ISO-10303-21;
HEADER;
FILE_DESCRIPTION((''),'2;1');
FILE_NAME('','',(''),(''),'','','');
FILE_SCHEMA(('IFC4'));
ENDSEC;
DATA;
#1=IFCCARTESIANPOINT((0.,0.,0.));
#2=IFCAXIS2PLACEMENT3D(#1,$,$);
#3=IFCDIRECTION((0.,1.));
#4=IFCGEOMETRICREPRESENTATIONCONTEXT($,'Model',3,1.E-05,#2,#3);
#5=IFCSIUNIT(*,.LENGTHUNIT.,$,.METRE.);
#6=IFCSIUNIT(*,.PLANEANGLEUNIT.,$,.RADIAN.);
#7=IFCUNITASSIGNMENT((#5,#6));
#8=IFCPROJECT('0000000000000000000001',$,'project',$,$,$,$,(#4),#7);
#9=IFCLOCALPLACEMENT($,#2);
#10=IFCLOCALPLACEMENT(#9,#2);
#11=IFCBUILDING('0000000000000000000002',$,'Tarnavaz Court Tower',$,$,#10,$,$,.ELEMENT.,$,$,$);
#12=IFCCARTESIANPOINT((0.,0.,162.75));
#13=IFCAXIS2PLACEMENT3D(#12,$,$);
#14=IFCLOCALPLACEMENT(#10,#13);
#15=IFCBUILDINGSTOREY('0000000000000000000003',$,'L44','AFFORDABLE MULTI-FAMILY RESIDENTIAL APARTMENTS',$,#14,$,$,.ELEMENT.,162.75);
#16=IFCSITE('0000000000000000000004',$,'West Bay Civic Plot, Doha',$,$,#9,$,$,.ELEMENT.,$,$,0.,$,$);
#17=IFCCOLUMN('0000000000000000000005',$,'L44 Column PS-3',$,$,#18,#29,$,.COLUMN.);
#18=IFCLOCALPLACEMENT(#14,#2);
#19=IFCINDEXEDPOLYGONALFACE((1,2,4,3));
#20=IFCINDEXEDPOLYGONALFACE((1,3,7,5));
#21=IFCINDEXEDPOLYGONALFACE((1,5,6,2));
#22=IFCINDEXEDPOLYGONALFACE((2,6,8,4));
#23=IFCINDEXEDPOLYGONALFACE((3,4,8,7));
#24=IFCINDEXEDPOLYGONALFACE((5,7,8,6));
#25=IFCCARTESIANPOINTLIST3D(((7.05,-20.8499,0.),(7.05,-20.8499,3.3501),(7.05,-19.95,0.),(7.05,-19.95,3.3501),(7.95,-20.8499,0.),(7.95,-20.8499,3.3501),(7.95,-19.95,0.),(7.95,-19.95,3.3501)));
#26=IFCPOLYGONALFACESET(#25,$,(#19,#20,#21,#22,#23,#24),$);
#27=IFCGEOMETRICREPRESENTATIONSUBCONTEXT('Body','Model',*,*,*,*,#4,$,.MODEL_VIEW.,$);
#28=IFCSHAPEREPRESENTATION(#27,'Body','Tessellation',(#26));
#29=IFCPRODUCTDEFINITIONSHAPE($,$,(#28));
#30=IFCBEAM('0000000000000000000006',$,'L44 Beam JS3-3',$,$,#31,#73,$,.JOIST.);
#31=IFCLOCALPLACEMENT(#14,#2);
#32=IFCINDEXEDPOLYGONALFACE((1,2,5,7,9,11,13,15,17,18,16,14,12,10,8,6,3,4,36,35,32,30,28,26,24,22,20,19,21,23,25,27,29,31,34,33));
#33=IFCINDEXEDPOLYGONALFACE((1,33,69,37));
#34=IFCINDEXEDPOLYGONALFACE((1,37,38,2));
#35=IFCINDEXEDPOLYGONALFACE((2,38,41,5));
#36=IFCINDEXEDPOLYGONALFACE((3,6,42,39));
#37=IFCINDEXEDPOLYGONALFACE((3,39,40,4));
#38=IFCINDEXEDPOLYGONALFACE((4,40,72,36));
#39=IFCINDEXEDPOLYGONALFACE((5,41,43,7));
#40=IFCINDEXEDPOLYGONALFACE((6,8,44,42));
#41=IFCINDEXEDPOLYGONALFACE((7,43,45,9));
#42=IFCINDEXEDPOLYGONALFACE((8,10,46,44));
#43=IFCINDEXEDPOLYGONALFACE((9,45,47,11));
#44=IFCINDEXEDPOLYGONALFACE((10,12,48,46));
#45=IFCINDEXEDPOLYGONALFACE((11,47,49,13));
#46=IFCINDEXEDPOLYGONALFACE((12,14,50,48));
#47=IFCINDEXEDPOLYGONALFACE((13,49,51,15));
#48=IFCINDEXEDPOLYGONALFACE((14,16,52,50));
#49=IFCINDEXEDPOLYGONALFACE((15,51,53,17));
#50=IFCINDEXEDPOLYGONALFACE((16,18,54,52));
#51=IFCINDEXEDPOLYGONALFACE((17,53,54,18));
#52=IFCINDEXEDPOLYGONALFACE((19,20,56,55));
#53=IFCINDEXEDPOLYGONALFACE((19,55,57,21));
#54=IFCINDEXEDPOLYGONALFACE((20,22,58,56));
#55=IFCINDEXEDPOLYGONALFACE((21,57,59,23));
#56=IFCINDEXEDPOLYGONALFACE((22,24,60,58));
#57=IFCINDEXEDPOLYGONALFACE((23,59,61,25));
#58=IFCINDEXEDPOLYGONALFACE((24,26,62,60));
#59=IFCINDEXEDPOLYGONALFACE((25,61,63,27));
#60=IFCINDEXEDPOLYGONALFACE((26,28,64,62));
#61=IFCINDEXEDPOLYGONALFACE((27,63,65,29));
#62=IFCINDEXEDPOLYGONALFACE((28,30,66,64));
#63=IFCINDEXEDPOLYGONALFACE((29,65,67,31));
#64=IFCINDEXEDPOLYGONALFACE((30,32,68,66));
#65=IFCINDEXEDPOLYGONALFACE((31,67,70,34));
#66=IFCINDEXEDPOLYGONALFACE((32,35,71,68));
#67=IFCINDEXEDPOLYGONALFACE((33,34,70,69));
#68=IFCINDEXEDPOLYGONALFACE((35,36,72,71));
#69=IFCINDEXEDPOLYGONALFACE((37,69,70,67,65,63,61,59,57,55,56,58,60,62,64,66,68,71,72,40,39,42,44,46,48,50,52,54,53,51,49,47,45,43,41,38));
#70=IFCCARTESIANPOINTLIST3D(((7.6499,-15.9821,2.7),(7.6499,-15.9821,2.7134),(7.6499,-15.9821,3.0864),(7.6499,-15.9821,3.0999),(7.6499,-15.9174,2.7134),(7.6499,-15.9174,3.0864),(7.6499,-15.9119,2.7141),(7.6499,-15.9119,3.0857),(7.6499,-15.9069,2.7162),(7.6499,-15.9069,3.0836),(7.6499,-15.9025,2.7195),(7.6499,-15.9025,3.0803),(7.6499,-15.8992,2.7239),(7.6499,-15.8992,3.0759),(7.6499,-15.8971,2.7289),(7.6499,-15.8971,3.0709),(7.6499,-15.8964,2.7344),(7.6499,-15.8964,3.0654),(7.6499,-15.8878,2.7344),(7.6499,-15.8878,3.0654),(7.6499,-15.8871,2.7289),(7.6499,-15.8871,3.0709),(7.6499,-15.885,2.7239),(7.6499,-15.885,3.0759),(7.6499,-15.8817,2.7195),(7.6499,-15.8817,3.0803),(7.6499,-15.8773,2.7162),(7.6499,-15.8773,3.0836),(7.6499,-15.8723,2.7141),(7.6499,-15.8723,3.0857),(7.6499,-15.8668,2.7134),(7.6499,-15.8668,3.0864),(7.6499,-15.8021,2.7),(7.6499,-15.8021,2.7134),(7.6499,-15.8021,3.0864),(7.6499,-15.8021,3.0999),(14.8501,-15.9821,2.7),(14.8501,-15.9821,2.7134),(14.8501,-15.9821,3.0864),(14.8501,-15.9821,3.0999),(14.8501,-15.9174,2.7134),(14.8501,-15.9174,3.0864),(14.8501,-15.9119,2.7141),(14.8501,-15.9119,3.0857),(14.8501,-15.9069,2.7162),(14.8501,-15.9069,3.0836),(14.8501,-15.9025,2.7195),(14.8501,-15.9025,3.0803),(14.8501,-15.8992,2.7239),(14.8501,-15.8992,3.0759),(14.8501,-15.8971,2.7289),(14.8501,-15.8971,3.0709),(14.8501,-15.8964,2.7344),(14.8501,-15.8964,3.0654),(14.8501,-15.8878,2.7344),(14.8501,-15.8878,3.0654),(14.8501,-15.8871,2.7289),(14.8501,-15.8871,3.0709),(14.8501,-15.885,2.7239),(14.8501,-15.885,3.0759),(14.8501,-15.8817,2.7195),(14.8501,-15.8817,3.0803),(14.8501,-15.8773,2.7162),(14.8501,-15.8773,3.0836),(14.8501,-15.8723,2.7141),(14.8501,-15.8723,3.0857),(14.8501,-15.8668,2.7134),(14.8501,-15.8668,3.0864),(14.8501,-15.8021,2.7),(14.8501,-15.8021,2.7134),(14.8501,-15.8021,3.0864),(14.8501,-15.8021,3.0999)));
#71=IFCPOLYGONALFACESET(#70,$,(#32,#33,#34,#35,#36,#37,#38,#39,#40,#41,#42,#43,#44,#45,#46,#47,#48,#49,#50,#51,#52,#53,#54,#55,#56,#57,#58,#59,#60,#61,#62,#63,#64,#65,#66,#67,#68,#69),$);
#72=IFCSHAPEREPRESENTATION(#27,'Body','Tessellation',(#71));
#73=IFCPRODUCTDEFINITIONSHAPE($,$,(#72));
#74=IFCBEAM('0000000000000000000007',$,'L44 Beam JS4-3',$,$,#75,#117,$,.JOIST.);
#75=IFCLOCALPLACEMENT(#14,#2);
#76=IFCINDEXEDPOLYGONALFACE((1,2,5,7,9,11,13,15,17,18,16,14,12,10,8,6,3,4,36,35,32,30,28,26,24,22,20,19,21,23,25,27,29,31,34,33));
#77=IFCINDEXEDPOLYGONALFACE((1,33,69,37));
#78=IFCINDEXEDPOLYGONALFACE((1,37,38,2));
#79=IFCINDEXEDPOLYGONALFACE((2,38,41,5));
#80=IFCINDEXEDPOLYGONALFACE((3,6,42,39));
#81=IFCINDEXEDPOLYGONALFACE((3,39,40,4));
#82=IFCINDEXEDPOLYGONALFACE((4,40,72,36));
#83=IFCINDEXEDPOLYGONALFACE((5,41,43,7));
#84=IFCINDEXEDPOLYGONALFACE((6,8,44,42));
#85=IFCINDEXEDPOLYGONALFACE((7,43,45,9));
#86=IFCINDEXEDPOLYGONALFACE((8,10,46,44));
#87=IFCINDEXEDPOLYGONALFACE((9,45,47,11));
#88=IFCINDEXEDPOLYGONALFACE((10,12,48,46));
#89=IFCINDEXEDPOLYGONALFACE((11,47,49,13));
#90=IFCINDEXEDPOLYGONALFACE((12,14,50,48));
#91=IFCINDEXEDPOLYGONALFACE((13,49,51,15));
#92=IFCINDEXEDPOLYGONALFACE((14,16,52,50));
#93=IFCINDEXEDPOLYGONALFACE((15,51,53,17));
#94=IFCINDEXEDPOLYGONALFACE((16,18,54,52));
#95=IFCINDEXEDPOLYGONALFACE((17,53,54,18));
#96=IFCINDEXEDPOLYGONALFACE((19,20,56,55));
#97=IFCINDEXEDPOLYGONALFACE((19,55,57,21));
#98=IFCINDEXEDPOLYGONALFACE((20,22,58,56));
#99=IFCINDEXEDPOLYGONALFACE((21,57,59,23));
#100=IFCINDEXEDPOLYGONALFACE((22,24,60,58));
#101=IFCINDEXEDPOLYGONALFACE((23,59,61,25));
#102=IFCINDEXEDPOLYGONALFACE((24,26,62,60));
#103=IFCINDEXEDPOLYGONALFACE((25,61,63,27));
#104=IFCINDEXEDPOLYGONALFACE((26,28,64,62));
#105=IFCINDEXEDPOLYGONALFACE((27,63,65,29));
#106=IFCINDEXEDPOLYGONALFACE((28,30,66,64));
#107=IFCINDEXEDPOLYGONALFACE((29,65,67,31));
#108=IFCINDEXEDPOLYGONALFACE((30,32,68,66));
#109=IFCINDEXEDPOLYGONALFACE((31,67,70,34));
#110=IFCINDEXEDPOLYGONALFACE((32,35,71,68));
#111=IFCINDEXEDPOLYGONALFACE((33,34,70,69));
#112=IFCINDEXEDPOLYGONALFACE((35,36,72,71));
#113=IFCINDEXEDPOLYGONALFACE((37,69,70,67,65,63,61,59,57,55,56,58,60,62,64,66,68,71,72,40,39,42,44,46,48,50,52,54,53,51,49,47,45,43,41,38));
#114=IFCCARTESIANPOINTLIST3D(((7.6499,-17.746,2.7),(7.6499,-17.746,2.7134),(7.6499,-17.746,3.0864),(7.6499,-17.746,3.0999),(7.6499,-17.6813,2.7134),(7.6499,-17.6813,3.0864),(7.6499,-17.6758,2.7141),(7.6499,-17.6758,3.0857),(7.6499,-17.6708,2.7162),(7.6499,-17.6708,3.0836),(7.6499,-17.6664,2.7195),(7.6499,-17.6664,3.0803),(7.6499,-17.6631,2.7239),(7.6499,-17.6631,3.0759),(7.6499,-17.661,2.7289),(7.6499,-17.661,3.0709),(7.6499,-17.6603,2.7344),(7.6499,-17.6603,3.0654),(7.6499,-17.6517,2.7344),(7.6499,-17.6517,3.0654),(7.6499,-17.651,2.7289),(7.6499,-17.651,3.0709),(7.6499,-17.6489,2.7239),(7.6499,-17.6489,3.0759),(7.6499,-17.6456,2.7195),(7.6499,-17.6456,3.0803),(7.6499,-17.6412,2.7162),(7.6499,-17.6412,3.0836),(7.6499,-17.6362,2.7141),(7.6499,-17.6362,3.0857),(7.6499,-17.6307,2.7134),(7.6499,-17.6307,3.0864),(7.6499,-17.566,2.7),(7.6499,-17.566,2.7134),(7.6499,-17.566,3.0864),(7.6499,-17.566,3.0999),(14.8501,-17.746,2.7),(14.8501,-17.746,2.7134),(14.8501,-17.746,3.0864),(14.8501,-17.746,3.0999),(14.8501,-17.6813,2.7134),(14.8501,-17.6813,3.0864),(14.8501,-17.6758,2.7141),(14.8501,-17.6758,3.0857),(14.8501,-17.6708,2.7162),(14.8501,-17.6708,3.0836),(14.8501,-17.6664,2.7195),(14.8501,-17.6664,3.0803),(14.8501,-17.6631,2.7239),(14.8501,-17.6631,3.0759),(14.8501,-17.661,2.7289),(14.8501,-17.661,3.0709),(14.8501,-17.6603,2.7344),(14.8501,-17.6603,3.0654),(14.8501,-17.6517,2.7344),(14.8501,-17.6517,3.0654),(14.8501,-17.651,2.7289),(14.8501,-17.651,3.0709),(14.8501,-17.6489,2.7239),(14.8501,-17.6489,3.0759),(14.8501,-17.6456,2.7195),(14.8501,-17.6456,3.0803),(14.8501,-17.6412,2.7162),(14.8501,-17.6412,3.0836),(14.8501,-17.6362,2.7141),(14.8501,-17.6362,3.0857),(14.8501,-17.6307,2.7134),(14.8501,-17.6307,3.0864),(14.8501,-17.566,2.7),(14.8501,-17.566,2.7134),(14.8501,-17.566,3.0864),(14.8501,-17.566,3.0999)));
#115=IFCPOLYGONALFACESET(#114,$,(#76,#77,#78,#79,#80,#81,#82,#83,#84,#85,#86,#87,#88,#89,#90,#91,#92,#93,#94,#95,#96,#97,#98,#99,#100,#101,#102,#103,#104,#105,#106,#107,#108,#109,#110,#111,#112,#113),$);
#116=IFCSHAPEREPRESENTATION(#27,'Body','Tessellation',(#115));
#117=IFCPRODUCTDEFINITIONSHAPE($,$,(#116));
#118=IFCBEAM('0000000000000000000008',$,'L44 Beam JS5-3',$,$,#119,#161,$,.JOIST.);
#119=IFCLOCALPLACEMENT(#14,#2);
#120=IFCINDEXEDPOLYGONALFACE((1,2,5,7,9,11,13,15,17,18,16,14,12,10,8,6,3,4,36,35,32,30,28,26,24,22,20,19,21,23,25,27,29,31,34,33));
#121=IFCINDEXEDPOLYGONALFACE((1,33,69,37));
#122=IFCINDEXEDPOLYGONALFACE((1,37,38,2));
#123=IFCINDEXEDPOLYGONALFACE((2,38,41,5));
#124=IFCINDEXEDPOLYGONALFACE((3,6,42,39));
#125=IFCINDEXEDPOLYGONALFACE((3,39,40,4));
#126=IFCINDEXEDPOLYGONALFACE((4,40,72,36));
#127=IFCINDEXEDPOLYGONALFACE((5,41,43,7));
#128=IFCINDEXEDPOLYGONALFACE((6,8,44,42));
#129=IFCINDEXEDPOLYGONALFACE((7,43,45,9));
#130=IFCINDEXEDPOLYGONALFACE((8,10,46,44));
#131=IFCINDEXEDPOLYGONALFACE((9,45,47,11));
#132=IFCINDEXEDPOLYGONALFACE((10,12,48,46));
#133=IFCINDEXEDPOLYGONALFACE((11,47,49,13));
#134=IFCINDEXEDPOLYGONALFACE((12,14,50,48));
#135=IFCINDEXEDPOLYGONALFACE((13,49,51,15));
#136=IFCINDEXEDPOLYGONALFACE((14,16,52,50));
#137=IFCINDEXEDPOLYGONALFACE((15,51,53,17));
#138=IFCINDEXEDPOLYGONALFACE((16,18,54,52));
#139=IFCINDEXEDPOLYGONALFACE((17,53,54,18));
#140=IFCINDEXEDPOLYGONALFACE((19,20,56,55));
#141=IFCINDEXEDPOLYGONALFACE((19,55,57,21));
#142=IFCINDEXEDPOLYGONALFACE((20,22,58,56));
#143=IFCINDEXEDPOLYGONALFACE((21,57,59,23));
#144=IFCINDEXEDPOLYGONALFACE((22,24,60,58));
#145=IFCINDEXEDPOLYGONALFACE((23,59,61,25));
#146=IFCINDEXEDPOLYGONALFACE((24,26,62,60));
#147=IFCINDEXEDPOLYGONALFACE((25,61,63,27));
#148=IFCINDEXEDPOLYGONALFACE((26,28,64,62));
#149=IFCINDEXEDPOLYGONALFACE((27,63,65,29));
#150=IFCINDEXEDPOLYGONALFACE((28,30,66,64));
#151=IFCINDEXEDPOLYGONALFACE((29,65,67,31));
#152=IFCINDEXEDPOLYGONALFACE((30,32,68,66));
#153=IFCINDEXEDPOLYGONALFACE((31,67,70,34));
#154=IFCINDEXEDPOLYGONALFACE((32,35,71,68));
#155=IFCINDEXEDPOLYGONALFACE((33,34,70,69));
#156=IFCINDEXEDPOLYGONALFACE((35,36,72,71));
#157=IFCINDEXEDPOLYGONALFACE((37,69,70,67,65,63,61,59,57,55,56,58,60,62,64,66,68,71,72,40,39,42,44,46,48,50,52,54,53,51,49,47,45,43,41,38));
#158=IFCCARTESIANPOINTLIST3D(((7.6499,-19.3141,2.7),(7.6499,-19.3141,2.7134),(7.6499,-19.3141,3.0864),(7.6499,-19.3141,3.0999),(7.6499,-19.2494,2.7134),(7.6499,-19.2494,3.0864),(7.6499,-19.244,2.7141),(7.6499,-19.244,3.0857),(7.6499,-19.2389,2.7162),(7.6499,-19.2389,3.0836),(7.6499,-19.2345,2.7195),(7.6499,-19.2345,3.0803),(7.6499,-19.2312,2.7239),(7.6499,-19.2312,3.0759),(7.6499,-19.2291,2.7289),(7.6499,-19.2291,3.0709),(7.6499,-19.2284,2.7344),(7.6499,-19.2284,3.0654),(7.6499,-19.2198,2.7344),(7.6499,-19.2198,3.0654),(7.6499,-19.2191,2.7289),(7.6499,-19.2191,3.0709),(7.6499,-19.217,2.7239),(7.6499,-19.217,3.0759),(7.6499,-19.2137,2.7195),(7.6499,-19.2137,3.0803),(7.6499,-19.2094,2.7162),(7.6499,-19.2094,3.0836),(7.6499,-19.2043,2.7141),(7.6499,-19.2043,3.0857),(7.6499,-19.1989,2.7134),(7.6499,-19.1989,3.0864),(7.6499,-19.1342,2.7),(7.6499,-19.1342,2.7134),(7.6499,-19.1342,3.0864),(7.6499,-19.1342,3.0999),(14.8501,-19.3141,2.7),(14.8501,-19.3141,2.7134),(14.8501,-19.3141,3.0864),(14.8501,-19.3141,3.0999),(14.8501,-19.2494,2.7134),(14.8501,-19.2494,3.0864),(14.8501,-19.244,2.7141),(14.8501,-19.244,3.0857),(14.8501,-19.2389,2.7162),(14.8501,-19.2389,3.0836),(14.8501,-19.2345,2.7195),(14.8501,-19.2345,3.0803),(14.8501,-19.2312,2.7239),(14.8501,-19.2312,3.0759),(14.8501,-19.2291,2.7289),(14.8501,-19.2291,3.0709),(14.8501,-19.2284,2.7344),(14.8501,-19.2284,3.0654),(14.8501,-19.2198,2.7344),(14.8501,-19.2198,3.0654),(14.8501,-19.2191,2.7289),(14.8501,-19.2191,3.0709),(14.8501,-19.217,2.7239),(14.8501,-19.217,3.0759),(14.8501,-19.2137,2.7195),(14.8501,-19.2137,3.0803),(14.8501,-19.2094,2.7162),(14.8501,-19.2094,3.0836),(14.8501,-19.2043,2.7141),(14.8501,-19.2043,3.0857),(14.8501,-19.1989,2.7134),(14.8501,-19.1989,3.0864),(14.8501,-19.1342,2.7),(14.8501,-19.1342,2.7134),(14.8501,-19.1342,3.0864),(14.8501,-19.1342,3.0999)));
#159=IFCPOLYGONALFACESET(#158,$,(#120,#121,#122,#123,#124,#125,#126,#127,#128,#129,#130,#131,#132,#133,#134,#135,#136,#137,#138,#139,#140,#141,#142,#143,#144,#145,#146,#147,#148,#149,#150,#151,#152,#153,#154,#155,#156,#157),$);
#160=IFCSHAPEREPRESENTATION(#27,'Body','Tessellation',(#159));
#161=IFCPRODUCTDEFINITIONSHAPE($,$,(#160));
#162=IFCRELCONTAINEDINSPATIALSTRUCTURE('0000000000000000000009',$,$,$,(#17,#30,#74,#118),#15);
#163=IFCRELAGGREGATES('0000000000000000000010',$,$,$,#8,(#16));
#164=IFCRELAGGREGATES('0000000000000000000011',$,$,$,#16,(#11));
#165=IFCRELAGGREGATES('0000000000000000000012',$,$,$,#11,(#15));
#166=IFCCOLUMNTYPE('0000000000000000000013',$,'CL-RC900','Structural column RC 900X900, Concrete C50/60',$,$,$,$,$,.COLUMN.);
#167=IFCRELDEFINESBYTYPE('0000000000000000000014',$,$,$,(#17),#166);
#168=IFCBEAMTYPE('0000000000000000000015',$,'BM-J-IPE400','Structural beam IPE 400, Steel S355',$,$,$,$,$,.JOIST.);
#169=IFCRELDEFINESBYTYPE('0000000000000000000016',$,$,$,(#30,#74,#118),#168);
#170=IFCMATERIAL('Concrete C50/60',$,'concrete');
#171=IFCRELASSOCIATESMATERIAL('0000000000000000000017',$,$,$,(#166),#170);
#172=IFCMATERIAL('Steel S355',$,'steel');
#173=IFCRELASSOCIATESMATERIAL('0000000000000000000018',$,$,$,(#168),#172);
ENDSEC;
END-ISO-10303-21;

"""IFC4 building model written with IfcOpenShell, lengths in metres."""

from ifc_helpers import new_model, si_unit, direction, frame, origin, origin_2d, place, context, subcontext, project, spatial, rectangle, i_section, extrude, material, material_profile, profile_set, type_object, element, save


model = new_model("IFC4")

# Units and contexts
model_context = context("Model", 3, precision=1e-05, world=origin(), true_north=direction((0.0, 1.0)))
body_context = subcontext(model_context, "Body", "Model", "MODEL_VIEW")
ifc_project = project(units=[si_unit("LENGTHUNIT", "METRE"), si_unit("PLANEANGLEUNIT", "RADIAN")], contexts=[model_context])

# Site, building, storey
site_placement = place(None, origin())
site = spatial("IfcSite", under=ifc_project, at=site_placement, Name="West Bay Civic Plot, Doha", CompositionType="ELEMENT", RefElevation=0.0)
building_placement = place(site_placement, origin())
building = spatial("IfcBuilding", under=site, at=building_placement, Name="Tarnavaz Court Tower", CompositionType="ELEMENT")
storey_placement = place(building_placement, frame((0.0, 0.0, 162.75)))
storey = spatial("IfcBuildingStorey", under=building, at=storey_placement, Name="L44", Description="AFFORDABLE MULTI-FAMILY RESIDENTIAL APARTMENTS", CompositionType="ELEMENT", Elevation=162.75)

# Column
ifc_material_1 = material(Name="Concrete C50/60", Category="concrete")
ifc_material_profile_1 = material_profile(ifc_material_1, rectangle(XDim=0.8999, YDim=0.8999, at=origin_2d()), Name="RC 900X900")
ifc_profile_set_1 = profile_set([ifc_material_profile_1], Name="Concrete C50/60")
column_type = type_object("IfcColumnType", Name="CL-RC900", Description="Structural column RC 900X900, Concrete C50/60", PredefinedType="COLUMN", material=ifc_profile_set_1)
column_placement = place(storey_placement, frame((7.5, -20.3999, 0.0), z_axis=(0.0, 0.0, 1.0), x_axis=(1.0, 0.0, 0.0)))
element("IfcColumn", 1, at=column_placement, inside=storey, type_object=column_type, Name="L44 Column PS-3", PredefinedType="COLUMN", context=body_context, shape_type="SweptSolid", body=[
    extrude(rectangle(XDim=0.8999, YDim=0.8999, at=origin_2d()), origin(), (0.0, 0.0, 1.0), 3.3501),
])

# Beams
ifc_material_2 = material(Name="Steel S355", Category="steel")
ifc_material_profile_2 = material_profile(ifc_material_2, i_section(OverallWidth=0.1799, OverallDepth=0.3999, WebThickness=0.0085, FlangeThickness=0.0134, FilletRadius=0.021, at=origin_2d()), Name="IPE 400")
ifc_profile_set_2 = profile_set([ifc_material_profile_2], Name="Steel S355")
beam_type_1 = type_object("IfcBeamType", Name="BM-J-IPE400", Description="Structural beam IPE 400, Steel S355", PredefinedType="JOIST", material=ifc_profile_set_2)
for number, where, z_axis, x_axis, name in (
    (2, (7.6499, -15.8921, 2.8999), (1.0, 0.0, 0.0), (0.0, 1.0, 0.0), "L44 Beam JS3-3"),
    (3, (7.6499, -17.656, 2.8999), (1.0, 0.0, 0.0), (0.0, 1.0, 0.0), "L44 Beam JS4-3"),
    (4, (7.6499, -19.2241, 2.8999), (1.0, 0.0, 0.0), (0.0, 1.0, 0.0), "L44 Beam JS5-3"),
):
    element("IfcBeam", number, at=place(storey_placement, frame(where, z_axis=z_axis, x_axis=x_axis)), inside=storey, type_object=beam_type_1, Name=name, PredefinedType="JOIST", context=body_context, shape_type="SweptSolid", body=[
        extrude(i_section(OverallWidth=0.1799, OverallDepth=0.3999, WebThickness=0.0085, FlangeThickness=0.0134, FilletRadius=0.021, at=origin_2d()), origin(), (0.0, 0.0, 1.0), 7.2002),
    ])

save(model, "model.ifc")
